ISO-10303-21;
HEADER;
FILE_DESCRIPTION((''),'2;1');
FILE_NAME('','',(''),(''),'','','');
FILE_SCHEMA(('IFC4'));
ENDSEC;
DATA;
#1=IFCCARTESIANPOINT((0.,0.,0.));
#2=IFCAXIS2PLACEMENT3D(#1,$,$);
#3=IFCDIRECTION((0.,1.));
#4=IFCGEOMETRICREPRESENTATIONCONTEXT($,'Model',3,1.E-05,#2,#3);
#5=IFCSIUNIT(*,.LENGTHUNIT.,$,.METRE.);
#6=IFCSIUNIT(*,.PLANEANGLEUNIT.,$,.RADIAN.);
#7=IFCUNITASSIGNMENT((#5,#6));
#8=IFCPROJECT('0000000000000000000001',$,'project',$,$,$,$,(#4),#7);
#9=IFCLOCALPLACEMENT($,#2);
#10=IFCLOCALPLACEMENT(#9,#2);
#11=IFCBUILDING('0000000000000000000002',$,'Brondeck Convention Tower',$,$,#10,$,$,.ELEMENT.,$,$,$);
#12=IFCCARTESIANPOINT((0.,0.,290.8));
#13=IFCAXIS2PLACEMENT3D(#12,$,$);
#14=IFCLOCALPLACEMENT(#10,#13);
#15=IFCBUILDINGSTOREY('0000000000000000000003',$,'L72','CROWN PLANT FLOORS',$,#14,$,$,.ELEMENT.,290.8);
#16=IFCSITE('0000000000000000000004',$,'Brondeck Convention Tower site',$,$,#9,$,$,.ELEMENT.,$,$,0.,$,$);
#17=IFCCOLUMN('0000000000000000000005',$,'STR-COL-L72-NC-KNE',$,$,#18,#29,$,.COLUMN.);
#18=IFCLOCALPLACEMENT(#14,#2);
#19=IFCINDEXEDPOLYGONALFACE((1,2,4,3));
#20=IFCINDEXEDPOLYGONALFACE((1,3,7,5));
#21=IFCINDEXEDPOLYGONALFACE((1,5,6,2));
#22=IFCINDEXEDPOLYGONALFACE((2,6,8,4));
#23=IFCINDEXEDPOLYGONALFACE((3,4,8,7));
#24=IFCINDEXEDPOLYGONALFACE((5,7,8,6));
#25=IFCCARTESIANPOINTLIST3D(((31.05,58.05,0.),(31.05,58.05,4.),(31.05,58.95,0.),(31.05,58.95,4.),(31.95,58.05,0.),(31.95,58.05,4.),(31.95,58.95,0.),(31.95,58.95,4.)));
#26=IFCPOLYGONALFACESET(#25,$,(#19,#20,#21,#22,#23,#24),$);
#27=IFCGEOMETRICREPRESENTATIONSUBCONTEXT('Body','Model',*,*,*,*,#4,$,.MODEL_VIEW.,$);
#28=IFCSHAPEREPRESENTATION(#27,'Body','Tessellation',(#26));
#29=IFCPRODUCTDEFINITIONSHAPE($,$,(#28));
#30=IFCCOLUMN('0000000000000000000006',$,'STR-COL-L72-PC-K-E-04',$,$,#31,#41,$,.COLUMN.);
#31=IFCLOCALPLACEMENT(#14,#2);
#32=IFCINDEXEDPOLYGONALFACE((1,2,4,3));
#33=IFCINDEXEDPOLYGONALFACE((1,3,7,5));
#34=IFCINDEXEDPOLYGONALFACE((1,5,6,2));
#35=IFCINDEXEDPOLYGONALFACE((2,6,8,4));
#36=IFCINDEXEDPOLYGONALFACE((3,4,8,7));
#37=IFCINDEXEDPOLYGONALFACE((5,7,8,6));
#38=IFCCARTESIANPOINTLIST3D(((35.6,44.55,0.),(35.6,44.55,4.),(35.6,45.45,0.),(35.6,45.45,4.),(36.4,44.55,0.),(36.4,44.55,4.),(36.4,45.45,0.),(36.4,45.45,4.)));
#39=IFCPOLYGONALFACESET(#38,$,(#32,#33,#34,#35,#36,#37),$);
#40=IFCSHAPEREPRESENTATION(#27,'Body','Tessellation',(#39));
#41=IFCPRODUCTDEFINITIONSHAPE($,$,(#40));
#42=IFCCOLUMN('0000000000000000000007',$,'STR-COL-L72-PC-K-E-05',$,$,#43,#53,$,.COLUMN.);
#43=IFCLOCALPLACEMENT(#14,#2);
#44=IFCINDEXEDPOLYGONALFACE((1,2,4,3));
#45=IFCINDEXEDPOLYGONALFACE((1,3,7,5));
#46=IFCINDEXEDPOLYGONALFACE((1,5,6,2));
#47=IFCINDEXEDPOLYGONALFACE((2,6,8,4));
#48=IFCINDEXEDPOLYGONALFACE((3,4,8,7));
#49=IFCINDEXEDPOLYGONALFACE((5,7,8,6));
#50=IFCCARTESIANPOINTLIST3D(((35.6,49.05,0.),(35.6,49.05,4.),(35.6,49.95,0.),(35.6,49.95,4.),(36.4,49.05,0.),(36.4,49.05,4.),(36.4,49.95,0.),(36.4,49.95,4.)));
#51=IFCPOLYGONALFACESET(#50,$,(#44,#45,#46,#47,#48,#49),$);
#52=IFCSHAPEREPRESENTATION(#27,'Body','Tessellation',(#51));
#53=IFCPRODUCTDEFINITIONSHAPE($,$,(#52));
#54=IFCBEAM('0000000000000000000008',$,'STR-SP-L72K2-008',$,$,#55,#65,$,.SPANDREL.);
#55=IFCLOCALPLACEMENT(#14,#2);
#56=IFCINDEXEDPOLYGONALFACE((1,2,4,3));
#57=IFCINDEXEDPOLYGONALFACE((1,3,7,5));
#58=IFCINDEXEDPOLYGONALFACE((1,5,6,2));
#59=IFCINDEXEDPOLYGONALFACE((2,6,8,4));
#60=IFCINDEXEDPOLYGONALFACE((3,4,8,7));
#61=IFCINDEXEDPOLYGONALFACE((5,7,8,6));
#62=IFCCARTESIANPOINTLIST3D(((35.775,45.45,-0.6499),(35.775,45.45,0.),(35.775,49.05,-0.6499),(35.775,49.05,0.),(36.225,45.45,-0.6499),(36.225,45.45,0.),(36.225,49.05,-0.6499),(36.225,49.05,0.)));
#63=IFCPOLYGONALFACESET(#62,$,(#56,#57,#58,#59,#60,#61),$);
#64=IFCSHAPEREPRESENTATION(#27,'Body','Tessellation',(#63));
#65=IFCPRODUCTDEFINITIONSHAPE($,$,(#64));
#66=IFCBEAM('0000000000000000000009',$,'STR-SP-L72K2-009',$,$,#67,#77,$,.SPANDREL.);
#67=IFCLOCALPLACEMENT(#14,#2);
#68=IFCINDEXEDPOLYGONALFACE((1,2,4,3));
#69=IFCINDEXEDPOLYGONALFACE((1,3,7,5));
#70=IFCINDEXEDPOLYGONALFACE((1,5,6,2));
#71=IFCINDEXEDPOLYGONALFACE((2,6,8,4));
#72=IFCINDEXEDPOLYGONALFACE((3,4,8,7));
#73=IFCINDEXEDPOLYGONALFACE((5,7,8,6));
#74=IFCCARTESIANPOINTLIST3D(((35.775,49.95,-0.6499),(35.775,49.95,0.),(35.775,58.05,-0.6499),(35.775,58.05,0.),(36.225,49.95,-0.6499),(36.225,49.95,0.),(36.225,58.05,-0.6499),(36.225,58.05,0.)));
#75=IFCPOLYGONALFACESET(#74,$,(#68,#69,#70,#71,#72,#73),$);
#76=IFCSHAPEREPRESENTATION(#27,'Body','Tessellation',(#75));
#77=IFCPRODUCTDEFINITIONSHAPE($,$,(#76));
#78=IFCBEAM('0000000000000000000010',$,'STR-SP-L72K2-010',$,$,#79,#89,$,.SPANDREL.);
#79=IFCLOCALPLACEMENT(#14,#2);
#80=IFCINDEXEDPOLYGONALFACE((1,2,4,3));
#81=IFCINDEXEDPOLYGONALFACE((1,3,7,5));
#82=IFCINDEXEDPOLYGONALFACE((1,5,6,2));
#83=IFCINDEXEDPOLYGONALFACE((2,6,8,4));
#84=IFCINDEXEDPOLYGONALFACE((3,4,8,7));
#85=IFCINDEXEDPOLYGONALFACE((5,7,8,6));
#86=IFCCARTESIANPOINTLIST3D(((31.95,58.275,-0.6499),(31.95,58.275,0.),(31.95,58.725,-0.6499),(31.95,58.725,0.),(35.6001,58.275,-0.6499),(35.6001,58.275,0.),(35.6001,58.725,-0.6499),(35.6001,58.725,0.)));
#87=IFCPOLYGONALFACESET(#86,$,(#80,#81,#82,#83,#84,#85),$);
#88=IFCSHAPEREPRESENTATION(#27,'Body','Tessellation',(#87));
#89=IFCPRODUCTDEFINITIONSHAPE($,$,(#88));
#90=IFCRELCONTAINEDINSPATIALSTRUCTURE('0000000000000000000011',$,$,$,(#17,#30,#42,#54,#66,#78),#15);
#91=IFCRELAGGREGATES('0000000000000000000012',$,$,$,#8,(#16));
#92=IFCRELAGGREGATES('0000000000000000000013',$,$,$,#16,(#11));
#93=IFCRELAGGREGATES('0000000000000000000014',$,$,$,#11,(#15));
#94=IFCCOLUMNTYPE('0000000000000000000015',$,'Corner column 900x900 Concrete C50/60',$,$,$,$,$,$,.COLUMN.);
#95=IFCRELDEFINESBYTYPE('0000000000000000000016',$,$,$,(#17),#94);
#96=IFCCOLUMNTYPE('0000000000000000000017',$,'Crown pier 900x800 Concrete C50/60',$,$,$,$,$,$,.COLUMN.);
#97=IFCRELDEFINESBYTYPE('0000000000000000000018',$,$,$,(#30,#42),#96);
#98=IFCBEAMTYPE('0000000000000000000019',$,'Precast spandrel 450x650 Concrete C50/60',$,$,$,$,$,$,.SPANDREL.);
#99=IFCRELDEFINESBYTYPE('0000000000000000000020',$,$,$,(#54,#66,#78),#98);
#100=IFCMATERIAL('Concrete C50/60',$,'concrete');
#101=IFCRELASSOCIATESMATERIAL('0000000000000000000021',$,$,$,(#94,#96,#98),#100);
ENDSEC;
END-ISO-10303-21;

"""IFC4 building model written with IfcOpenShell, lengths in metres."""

from ifc_helpers import new_model, si_unit, direction, frame, origin, origin_2d, place, context, subcontext, project, spatial, rectangle, extrude, material, material_profile, profile_set, type_object, element, save


model = new_model("IFC4")

# Units and contexts
model_context = context("Model", 3, precision=1e-05, world=origin(), true_north=direction((0.0, 1.0)))
body_context = subcontext(model_context, "Body", "Model", "MODEL_VIEW")
ifc_project = project(units=[si_unit("LENGTHUNIT", "METRE"), si_unit("PLANEANGLEUNIT", "RADIAN")], contexts=[model_context])

# Site, building, storey
site_placement = place(None, origin())
site = spatial("IfcSite", under=ifc_project, at=site_placement, Name="Brondeck Convention Tower site", CompositionType="ELEMENT", RefElevation=0.0)
building_placement = place(site_placement, origin())
building = spatial("IfcBuilding", under=site, at=building_placement, Name="Brondeck Convention Tower", CompositionType="ELEMENT")
storey_placement = place(building_placement, frame((0.0, 0.0, 290.8)))
storey = spatial("IfcBuildingStorey", under=building, at=storey_placement, Name="L72", Description="CROWN PLANT FLOORS", CompositionType="ELEMENT", Elevation=290.8)

# Columns
ifc_material_1 = material(Name="Concrete C50/60", Category="concrete")
ifc_material_profile_1 = material_profile(ifc_material_1, rectangle(XDim=0.8999, YDim=0.8999, at=origin_2d()), Name="Corner column 900x900 Concrete C50/60")
ifc_profile_set_1 = profile_set([ifc_material_profile_1], Name="Concrete C50/60")
column_type_1 = type_object("IfcColumnType", Name="Corner column 900x900 Concrete C50/60", PredefinedType="COLUMN", material=ifc_profile_set_1)
column_placement = place(storey_placement, frame((31.5, 58.5, 0.0), z_axis=(0.0, 0.0, 1.0), x_axis=(1.0, 0.0, 0.0)))
element("IfcColumn", 1, at=column_placement, inside=storey, type_object=column_type_1, Name="STR-COL-L72-NC-KNE", PredefinedType="COLUMN", context=body_context, shape_type="SweptSolid", body=[
    extrude(rectangle(XDim=0.8999, YDim=0.8999, at=origin_2d()), origin(), (0.0, 0.0, 1.0), 4.0),
])
ifc_material_profile_2 = material_profile(ifc_material_1, rectangle(XDim=0.8999, YDim=0.8, at=origin_2d()), Name="Crown pier 900x800 Concrete C50/60")
ifc_profile_set_2 = profile_set([ifc_material_profile_2], Name="Concrete C50/60")
column_type_2 = type_object("IfcColumnType", Name="Crown pier 900x800 Concrete C50/60", PredefinedType="COLUMN", material=ifc_profile_set_2)
for number, where, z_axis, x_axis, name in (
    (2, (36.0, 45.0, 0.0), (0.0, 0.0, 1.0), (0.0, 1.0, 0.0), "STR-COL-L72-PC-K-E-04"),
    (3, (36.0, 49.5, 0.0), (0.0, 0.0, 1.0), (0.0, 1.0, 0.0), "STR-COL-L72-PC-K-E-05"),
):
    element("IfcColumn", number, at=place(storey_placement, frame(where, z_axis=z_axis, x_axis=x_axis)), inside=storey, type_object=column_type_2, Name=name, PredefinedType="COLUMN", context=body_context, shape_type="SweptSolid", body=[
        extrude(rectangle(XDim=0.8999, YDim=0.8, at=origin_2d()), origin(), (0.0, 0.0, 1.0), 4.0),
    ])

# Beams
ifc_material_profile_3 = material_profile(ifc_material_1, rectangle(XDim=0.45, YDim=0.6499, at=origin_2d()), Name="Precast spandrel 450x650 Concrete C50/60")
ifc_profile_set_3 = profile_set([ifc_material_profile_3], Name="Concrete C50/60")
beam_type = type_object("IfcBeamType", Name="Precast spandrel 450x650 Concrete C50/60", PredefinedType="SPANDREL", material=ifc_profile_set_3)
beam_1_placement = place(storey_placement, frame((36.0, 45.45, -0.325), z_axis=(0.0, 1.0, 0.0), x_axis=(-1.0, 0.0, 0.0)))
element("IfcBeam", 4, at=beam_1_placement, inside=storey, type_object=beam_type, Name="STR-SP-L72K2-008", PredefinedType="SPANDREL", context=body_context, shape_type="SweptSolid", body=[
    extrude(rectangle(XDim=0.45, YDim=0.6499, at=origin_2d()), origin(), (0.0, 0.0, 1.0), 3.6001),
])
beam_2_placement = place(storey_placement, frame((36.0, 49.95, -0.325), z_axis=(0.0, 1.0, 0.0), x_axis=(-1.0, 0.0, 0.0)))
element("IfcBeam", 5, at=beam_2_placement, inside=storey, type_object=beam_type, Name="STR-SP-L72K2-009", PredefinedType="SPANDREL", context=body_context, shape_type="SweptSolid", body=[
    extrude(rectangle(XDim=0.45, YDim=0.6499, at=origin_2d()), origin(), (0.0, 0.0, 1.0), 8.1001),
])
beam_3_placement = place(storey_placement, frame((35.6001, 58.5, -0.325), z_axis=(-1.0, 0.0, 0.0), x_axis=(0.0, -1.0, 0.0)))
element("IfcBeam", 6, at=beam_3_placement, inside=storey, type_object=beam_type, Name="STR-SP-L72K2-010", PredefinedType="SPANDREL", context=body_context, shape_type="SweptSolid", body=[
    extrude(rectangle(XDim=0.45, YDim=0.6499, at=origin_2d()), origin(), (0.0, 0.0, 1.0), 3.6501),
])

save(model, "model.ifc")
